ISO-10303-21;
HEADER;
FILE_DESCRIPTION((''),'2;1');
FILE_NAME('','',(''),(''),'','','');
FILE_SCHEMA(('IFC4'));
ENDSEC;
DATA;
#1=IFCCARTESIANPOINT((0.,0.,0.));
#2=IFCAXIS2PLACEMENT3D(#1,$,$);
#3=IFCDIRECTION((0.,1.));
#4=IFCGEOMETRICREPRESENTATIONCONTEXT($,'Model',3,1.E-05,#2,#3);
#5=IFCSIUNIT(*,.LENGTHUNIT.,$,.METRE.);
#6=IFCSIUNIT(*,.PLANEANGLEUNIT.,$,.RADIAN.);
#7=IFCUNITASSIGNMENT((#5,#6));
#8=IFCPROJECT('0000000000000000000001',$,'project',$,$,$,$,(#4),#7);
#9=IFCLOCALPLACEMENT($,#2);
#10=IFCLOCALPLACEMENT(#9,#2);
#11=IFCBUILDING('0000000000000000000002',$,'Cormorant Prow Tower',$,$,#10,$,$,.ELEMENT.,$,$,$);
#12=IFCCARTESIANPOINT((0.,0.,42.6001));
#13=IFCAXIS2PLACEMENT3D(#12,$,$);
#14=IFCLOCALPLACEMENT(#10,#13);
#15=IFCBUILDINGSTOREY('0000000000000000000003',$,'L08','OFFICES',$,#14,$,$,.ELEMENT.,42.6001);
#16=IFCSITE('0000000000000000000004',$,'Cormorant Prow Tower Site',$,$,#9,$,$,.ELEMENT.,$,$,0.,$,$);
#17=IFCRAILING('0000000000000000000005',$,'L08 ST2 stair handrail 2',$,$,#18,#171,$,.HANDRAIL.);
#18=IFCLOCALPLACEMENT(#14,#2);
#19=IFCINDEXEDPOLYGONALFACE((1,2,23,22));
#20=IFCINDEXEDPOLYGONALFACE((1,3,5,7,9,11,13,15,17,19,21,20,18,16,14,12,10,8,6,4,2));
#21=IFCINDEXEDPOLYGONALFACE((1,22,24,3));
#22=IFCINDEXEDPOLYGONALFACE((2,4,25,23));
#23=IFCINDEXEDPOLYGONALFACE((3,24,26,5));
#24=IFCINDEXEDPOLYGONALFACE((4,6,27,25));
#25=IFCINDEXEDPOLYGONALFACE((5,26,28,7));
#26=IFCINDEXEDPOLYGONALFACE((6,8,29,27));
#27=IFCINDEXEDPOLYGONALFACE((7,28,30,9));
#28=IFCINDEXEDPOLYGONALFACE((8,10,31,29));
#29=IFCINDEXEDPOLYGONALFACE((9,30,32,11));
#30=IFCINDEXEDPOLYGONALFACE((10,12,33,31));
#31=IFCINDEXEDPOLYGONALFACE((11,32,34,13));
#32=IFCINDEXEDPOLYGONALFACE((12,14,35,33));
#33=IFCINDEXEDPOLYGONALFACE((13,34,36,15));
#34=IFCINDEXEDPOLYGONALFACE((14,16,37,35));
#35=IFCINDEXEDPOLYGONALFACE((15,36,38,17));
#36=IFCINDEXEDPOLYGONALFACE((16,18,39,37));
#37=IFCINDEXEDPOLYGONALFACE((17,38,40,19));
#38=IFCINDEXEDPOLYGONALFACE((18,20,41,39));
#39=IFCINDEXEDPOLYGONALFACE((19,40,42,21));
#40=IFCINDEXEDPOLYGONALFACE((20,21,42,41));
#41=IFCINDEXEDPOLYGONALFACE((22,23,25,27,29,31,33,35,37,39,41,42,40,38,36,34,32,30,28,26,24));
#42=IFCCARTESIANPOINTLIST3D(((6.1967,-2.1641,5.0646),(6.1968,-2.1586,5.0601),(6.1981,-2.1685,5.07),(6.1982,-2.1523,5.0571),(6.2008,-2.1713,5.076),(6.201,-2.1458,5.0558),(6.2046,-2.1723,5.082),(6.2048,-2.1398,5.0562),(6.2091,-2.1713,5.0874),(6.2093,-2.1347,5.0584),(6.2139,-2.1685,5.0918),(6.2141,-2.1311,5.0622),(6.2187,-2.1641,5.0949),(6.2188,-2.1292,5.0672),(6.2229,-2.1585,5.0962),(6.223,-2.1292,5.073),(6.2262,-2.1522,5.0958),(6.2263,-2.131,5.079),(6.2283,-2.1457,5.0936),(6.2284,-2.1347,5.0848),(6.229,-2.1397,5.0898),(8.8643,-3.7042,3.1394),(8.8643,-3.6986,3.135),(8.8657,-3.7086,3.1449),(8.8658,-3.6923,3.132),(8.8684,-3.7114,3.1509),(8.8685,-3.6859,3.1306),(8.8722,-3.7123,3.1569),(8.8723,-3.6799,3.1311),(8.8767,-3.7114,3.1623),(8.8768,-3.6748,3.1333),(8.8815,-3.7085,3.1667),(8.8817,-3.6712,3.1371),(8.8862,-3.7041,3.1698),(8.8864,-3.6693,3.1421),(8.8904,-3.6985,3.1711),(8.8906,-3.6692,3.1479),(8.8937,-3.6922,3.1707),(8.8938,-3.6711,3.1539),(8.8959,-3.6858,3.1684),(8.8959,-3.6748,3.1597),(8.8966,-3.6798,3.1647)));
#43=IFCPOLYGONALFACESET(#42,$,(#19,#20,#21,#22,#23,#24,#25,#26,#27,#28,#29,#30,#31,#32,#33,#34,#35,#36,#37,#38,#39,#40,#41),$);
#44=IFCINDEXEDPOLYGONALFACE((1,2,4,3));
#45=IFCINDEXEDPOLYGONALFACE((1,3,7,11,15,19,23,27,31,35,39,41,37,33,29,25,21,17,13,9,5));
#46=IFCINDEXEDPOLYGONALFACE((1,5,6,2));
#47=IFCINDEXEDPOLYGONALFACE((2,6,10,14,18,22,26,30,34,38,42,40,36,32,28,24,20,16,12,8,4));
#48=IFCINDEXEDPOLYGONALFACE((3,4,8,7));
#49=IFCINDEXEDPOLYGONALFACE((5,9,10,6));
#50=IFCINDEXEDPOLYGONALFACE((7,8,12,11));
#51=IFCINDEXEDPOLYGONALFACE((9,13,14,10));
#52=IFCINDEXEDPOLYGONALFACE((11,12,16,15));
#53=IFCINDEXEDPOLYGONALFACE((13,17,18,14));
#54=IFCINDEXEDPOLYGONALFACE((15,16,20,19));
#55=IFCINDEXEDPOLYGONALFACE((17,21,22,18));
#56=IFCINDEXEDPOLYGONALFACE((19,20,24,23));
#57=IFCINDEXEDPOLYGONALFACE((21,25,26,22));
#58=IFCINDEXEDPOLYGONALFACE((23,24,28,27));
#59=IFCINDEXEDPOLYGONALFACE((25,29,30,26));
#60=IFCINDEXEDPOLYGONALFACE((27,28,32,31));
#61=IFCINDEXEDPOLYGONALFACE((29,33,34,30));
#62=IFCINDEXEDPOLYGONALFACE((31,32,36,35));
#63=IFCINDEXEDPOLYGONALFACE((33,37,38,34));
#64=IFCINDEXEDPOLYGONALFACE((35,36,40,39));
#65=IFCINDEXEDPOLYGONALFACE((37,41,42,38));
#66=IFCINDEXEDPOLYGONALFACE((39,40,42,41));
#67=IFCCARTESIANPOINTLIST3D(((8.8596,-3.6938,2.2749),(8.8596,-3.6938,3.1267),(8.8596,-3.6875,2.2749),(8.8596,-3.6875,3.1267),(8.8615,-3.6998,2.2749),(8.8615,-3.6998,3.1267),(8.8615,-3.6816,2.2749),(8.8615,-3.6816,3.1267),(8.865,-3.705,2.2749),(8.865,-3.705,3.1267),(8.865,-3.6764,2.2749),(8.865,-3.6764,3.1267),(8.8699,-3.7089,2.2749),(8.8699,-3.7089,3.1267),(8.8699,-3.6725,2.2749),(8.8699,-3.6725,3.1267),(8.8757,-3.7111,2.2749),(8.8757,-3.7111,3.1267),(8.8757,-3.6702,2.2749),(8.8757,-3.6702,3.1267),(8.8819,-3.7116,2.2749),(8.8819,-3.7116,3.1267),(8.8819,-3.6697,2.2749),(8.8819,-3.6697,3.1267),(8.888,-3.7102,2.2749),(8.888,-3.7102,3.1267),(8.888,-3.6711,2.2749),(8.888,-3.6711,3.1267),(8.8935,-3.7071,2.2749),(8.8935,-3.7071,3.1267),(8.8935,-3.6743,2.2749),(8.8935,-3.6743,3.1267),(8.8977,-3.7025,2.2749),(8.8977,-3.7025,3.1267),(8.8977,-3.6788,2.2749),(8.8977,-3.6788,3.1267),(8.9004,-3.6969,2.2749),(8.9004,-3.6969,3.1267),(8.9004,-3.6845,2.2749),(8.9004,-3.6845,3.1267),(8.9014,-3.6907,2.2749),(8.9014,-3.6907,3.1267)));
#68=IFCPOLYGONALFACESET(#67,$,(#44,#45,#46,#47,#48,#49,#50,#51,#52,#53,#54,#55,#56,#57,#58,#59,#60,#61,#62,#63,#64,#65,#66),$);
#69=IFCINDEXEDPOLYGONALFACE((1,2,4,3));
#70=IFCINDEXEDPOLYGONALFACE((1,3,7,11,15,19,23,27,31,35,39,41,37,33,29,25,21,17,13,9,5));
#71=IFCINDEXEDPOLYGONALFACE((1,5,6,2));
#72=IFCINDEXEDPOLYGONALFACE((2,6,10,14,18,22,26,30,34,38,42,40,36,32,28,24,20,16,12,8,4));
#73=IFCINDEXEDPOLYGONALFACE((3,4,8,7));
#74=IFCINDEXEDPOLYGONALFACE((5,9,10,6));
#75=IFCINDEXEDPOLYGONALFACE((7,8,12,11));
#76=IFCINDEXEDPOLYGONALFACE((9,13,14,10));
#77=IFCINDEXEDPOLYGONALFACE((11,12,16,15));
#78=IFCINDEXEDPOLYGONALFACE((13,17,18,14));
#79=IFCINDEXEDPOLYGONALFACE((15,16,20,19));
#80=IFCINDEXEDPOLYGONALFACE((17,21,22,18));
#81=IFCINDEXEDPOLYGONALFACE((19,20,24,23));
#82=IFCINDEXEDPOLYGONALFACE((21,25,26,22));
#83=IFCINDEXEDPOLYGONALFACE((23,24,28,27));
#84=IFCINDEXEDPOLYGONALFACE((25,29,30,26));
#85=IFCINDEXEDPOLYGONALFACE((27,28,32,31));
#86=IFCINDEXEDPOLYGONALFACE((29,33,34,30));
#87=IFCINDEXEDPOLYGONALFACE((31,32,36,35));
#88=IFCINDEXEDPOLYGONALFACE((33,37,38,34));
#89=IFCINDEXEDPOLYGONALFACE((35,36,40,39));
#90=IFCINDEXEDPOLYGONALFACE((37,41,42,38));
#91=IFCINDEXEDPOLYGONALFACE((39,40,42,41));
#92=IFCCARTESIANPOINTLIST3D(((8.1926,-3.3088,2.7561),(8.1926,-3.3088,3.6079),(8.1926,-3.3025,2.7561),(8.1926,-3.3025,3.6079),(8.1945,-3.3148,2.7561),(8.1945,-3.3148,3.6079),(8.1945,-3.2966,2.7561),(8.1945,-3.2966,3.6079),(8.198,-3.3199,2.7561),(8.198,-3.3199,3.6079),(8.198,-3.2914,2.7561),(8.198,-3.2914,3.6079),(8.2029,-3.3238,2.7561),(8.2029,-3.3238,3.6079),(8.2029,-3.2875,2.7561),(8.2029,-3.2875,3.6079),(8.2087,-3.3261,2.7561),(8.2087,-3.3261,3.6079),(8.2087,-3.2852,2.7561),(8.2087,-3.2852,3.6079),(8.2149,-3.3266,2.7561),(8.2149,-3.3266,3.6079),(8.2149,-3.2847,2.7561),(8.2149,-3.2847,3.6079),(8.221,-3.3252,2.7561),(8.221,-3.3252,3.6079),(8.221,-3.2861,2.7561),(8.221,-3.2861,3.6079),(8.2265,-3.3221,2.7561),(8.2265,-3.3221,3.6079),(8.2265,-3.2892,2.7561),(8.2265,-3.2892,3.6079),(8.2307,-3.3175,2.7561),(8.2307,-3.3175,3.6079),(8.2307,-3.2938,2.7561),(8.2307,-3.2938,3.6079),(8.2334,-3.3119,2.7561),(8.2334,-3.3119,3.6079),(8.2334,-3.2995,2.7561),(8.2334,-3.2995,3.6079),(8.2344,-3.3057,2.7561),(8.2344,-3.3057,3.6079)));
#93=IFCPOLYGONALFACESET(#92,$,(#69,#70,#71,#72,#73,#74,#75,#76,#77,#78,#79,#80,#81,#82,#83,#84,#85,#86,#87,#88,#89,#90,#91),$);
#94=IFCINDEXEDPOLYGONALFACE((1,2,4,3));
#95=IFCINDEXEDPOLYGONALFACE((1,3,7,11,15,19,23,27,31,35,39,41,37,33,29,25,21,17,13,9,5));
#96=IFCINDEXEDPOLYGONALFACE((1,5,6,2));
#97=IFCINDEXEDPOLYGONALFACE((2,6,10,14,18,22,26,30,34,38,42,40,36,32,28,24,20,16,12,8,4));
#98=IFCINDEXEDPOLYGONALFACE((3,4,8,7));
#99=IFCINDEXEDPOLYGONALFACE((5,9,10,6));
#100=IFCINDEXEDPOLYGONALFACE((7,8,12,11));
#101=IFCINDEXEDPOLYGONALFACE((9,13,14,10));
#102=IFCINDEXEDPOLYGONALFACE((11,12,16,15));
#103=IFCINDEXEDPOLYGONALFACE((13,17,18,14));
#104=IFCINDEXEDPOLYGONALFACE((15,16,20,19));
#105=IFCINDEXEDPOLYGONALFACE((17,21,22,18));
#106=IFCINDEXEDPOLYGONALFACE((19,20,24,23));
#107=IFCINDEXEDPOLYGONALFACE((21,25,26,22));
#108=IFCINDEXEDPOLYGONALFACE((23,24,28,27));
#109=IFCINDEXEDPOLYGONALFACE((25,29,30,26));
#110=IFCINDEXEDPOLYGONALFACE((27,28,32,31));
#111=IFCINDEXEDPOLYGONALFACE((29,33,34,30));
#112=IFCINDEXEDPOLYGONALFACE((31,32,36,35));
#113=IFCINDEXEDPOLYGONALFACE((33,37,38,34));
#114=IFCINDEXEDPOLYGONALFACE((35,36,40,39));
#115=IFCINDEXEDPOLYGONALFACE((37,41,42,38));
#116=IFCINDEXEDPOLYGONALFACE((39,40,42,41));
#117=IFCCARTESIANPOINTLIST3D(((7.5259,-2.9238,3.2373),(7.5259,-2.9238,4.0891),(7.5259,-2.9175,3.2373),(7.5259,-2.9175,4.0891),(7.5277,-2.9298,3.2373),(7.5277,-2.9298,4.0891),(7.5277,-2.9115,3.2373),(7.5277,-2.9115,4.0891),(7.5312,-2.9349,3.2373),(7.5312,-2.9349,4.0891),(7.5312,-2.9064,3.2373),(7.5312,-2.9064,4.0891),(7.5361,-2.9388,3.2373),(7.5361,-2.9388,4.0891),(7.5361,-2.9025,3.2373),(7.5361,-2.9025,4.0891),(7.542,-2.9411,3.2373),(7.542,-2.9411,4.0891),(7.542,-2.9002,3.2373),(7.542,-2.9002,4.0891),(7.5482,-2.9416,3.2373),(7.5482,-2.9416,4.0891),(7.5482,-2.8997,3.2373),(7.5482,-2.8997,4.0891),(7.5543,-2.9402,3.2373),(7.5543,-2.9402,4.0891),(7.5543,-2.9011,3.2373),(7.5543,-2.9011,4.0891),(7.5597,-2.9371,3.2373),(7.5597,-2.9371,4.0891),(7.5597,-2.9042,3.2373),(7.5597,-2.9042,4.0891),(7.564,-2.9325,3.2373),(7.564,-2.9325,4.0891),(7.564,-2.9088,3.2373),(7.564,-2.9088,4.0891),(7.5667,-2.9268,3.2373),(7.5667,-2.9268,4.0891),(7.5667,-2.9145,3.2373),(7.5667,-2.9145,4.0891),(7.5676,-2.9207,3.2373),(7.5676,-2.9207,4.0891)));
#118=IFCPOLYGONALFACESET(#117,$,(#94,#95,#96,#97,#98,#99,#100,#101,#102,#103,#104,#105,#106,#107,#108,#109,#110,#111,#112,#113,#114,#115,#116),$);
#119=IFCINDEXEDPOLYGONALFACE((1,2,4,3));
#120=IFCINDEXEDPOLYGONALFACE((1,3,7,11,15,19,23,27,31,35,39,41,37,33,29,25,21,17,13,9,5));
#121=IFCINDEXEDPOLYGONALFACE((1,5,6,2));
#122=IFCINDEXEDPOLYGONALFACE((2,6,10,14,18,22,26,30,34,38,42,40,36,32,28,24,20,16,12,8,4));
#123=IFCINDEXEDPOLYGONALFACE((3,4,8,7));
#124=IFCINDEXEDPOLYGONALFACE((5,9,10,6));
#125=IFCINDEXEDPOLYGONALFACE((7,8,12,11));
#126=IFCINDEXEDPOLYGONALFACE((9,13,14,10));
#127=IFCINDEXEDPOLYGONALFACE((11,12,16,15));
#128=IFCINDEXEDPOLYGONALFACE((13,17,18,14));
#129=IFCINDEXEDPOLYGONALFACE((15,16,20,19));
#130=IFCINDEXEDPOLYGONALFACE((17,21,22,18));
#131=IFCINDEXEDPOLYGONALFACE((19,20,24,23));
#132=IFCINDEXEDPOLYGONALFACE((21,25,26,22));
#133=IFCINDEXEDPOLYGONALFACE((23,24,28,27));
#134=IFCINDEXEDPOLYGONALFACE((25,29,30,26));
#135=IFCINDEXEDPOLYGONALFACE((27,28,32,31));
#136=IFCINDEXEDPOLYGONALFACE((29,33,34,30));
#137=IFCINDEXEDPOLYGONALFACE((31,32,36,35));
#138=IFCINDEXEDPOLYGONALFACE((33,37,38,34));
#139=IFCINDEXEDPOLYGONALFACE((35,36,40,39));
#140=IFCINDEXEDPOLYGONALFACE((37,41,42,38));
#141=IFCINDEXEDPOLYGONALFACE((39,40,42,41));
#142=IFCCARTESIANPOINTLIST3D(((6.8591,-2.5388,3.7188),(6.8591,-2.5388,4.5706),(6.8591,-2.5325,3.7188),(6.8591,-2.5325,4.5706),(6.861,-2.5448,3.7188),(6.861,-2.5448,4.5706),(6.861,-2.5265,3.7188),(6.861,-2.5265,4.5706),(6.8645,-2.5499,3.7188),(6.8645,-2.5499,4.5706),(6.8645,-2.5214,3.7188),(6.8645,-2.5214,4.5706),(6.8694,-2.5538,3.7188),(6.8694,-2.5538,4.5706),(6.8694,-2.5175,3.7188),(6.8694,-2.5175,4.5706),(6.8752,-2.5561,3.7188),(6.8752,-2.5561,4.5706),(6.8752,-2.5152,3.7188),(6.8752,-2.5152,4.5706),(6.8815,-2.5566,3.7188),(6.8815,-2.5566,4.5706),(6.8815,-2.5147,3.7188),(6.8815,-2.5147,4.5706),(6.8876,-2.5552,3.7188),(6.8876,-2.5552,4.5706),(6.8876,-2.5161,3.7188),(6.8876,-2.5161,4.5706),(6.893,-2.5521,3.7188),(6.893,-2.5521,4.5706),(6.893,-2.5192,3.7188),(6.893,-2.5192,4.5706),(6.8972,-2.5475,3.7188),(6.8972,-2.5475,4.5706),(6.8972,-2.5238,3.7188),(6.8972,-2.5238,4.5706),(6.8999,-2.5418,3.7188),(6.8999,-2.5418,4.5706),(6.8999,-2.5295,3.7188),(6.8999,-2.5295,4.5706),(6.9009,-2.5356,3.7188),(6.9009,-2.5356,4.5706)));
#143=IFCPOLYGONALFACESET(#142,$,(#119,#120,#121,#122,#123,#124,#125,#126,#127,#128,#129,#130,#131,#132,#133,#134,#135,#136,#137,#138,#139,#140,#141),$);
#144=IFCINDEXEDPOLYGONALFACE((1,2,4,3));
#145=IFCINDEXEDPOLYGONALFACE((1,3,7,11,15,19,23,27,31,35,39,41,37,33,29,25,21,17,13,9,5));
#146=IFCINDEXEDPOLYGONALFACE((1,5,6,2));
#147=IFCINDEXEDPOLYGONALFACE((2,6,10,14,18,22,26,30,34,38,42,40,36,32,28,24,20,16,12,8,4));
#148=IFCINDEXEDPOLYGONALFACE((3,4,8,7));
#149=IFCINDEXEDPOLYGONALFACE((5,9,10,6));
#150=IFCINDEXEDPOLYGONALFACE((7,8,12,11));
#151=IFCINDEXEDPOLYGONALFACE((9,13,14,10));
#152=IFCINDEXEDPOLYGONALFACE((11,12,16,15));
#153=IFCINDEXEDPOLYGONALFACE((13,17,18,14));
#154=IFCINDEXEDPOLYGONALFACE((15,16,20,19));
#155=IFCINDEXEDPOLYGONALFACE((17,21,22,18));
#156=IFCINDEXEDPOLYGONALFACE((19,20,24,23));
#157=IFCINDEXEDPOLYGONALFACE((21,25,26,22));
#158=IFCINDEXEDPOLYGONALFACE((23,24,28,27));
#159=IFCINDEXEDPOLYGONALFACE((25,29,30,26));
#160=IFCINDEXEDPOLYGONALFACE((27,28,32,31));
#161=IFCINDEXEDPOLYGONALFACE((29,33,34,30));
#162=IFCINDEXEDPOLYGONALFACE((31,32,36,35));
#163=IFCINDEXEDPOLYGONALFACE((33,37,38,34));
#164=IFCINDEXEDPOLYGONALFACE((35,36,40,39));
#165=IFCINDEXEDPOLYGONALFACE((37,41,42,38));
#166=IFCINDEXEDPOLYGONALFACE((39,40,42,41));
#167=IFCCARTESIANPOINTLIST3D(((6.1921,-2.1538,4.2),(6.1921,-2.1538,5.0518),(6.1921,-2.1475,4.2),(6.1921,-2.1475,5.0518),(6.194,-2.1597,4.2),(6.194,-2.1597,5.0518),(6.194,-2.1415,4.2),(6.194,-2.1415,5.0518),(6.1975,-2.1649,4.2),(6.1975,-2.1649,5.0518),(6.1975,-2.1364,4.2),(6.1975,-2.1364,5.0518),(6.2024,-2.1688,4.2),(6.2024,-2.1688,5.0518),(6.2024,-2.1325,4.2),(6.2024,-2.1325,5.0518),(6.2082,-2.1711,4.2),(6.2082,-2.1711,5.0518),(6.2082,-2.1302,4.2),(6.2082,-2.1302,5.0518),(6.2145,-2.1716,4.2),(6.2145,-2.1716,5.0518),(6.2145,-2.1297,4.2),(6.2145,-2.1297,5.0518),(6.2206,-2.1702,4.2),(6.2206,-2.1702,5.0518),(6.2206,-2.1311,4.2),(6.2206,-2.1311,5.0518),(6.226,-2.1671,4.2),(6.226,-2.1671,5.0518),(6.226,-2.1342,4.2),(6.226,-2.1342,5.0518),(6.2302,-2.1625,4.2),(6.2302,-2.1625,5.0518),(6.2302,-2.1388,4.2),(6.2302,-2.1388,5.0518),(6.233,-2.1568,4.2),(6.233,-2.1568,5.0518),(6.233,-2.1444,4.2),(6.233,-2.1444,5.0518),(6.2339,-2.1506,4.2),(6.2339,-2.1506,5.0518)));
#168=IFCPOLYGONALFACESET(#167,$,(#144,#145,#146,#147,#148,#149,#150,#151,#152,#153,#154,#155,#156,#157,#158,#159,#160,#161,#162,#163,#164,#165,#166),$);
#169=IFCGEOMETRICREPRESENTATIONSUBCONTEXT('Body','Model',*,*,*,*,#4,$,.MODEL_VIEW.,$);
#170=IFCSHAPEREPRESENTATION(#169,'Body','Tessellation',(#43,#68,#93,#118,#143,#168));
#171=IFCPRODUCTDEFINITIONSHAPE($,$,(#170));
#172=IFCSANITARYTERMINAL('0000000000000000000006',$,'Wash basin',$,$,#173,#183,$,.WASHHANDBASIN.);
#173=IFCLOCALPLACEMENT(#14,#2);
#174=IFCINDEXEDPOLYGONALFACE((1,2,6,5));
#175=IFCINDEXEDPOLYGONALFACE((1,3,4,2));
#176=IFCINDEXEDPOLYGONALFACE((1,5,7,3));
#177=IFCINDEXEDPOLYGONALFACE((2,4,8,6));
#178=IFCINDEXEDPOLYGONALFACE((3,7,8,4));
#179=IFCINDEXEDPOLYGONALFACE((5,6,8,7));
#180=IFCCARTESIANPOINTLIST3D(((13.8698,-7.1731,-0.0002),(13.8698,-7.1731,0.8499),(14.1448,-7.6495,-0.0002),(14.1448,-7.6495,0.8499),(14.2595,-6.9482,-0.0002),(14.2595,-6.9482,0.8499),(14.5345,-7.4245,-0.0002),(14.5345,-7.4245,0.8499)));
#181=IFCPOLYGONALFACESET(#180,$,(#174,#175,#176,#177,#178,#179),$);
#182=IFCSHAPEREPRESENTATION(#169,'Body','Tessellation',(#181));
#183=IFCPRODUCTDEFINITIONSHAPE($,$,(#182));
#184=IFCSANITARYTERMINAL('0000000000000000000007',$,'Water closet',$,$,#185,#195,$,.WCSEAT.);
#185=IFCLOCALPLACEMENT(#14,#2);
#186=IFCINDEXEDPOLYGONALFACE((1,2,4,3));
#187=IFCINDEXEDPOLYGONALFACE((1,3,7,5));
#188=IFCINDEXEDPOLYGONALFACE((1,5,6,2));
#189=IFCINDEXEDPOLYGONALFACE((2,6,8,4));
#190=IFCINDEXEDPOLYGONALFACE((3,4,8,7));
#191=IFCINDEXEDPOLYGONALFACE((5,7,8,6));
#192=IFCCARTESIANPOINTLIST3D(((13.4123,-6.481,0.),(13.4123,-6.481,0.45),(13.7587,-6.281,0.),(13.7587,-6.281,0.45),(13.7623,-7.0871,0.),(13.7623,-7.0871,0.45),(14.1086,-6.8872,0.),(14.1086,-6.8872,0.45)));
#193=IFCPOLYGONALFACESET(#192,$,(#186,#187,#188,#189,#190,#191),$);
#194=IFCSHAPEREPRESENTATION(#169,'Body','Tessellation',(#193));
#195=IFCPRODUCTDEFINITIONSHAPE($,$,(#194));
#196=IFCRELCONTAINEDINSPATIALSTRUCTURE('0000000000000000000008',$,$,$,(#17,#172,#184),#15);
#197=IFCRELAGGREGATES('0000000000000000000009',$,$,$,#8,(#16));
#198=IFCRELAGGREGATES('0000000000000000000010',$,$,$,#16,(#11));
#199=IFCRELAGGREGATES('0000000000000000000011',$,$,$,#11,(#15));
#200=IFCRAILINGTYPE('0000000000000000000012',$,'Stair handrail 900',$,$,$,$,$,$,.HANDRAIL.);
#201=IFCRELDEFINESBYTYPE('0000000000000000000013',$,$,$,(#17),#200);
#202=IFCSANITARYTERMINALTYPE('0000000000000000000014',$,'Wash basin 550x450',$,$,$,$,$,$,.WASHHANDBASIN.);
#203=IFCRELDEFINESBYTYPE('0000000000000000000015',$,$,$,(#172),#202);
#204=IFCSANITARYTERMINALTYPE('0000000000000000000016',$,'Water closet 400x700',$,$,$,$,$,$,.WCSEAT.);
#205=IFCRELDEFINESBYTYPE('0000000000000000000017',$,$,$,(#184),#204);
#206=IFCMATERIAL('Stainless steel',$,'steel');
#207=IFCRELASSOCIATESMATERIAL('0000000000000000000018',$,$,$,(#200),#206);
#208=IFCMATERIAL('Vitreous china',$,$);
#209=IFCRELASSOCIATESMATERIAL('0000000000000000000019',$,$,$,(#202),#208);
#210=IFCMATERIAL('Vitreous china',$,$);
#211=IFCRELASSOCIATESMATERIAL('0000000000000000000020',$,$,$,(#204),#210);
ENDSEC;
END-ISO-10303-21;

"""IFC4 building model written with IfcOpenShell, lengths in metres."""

from ifc_helpers import new_model, si_unit, direction, frame, origin, origin_2d, place, context, subcontext, project, spatial, rectangle, circle, extrude, material, type_object, element, save


model = new_model("IFC4")

# Units and contexts
model_context = context("Model", 3, precision=1e-05, world=origin(), true_north=direction((0.0, 1.0)))
body_context = subcontext(model_context, "Body", "Model", "MODEL_VIEW")
ifc_project = project(units=[si_unit("LENGTHUNIT", "METRE"), si_unit("PLANEANGLEUNIT", "RADIAN")], contexts=[model_context])

# Site, building, storey
site_placement = place(None, origin())
site = spatial("IfcSite", under=ifc_project, at=site_placement, Name="Cormorant Prow Tower Site", CompositionType="ELEMENT", RefElevation=0.0)
building_placement = place(site_placement, origin())
building = spatial("IfcBuilding", under=site, at=building_placement, Name="Cormorant Prow Tower", CompositionType="ELEMENT")
storey_placement = place(building_placement, frame((0.0, 0.0, 42.6001)))
storey = spatial("IfcBuildingStorey", under=building, at=storey_placement, Name="L08", Description="OFFICES", CompositionType="ELEMENT", Elevation=42.6001)

# Railing
ifc_material_1 = material(Name="Stainless steel", Category="steel")
railing_type_1 = type_object("IfcRailingType", Name="Stair handrail 900", PredefinedType="HANDRAIL", material=ifc_material_1)
railing_1_placement = place(storey_placement, frame((8.8804, -3.6907, 2.2749)))
element("IfcRailing", 1, at=railing_1_placement, inside=storey, type_object=railing_type_1, Name="L08 ST2 stair handrail 2", PredefinedType="HANDRAIL", context=body_context, shape_type="SweptSolid", body=[
    extrude(circle(Radius=0.0239, at=origin_2d()), frame((0.0, 0.0, 0.876), z_axis=(-0.734395, 0.423994, 0.529993), x_axis=(-0.499992, -0.86603, 0.0)), (0.0, 0.0, 1.0), 3.6323),
    extrude(circle(Radius=0.021, at=origin_2d()), origin(), (0.0, 0.0, 1.0), 0.8518),
    extrude(circle(Radius=0.021, at=origin_2d()), frame((-0.667, 0.385, 0.4812)), (0.0, 0.0, 1.0), 0.8518),
    extrude(circle(Radius=0.021, at=origin_2d()), frame((-1.3337, 0.77, 0.9624)), (0.0, 0.0, 1.0), 0.8518),
    extrude(circle(Radius=0.021, at=origin_2d()), frame((-2.0005, 1.155, 1.4438)), (0.0, 0.0, 1.0), 0.8518),
    extrude(circle(Radius=0.021, at=origin_2d()), frame((-2.6675, 1.54, 1.925)), (0.0, 0.0, 1.0), 0.8518),
])

# Sanitary terminals
ifc_material_2 = material(Name="Vitreous china")
sanitary_terminal_type_1 = type_object("IfcSanitaryTerminalType", Name="Wash basin 550x450", PredefinedType="WASHHANDBASIN", material=ifc_material_2)
sanitary_terminal_1_placement = place(storey_placement, frame((14.2021, -7.2988, -0.0002), z_axis=(0.0, 0.0, 1.0), x_axis=(-0.5, 0.866025, 0.0)))
element("IfcSanitaryTerminal", 2, at=sanitary_terminal_1_placement, inside=storey, type_object=sanitary_terminal_type_1, Name="Wash basin", PredefinedType="WASHHANDBASIN", context=body_context, shape_type="SweptSolid", body=[
    extrude(rectangle(XDim=0.55, YDim=0.45, at=origin_2d()), origin(), (0.0, 0.0, 1.0), 0.8501),
])
ifc_material_3 = material(Name="Vitreous china")
sanitary_terminal_type_2 = type_object("IfcSanitaryTerminalType", Name="Water closet 400x700", PredefinedType="WCSEAT", material=ifc_material_3)
sanitary_terminal_2_placement = place(storey_placement, frame((13.7605, -6.6841, 0.0), z_axis=(0.0, 0.0, 1.0), x_axis=(-0.866025, -0.5, 0.0)))
element("IfcSanitaryTerminal", 3, at=sanitary_terminal_2_placement, inside=storey, type_object=sanitary_terminal_type_2, Name="Water closet", PredefinedType="WCSEAT", context=body_context, shape_type="SweptSolid", body=[
    extrude(rectangle(XDim=0.3999, YDim=0.7, at=origin_2d()), origin(), (0.0, 0.0, 1.0), 0.45),
])

save(model, "model.ifc")
